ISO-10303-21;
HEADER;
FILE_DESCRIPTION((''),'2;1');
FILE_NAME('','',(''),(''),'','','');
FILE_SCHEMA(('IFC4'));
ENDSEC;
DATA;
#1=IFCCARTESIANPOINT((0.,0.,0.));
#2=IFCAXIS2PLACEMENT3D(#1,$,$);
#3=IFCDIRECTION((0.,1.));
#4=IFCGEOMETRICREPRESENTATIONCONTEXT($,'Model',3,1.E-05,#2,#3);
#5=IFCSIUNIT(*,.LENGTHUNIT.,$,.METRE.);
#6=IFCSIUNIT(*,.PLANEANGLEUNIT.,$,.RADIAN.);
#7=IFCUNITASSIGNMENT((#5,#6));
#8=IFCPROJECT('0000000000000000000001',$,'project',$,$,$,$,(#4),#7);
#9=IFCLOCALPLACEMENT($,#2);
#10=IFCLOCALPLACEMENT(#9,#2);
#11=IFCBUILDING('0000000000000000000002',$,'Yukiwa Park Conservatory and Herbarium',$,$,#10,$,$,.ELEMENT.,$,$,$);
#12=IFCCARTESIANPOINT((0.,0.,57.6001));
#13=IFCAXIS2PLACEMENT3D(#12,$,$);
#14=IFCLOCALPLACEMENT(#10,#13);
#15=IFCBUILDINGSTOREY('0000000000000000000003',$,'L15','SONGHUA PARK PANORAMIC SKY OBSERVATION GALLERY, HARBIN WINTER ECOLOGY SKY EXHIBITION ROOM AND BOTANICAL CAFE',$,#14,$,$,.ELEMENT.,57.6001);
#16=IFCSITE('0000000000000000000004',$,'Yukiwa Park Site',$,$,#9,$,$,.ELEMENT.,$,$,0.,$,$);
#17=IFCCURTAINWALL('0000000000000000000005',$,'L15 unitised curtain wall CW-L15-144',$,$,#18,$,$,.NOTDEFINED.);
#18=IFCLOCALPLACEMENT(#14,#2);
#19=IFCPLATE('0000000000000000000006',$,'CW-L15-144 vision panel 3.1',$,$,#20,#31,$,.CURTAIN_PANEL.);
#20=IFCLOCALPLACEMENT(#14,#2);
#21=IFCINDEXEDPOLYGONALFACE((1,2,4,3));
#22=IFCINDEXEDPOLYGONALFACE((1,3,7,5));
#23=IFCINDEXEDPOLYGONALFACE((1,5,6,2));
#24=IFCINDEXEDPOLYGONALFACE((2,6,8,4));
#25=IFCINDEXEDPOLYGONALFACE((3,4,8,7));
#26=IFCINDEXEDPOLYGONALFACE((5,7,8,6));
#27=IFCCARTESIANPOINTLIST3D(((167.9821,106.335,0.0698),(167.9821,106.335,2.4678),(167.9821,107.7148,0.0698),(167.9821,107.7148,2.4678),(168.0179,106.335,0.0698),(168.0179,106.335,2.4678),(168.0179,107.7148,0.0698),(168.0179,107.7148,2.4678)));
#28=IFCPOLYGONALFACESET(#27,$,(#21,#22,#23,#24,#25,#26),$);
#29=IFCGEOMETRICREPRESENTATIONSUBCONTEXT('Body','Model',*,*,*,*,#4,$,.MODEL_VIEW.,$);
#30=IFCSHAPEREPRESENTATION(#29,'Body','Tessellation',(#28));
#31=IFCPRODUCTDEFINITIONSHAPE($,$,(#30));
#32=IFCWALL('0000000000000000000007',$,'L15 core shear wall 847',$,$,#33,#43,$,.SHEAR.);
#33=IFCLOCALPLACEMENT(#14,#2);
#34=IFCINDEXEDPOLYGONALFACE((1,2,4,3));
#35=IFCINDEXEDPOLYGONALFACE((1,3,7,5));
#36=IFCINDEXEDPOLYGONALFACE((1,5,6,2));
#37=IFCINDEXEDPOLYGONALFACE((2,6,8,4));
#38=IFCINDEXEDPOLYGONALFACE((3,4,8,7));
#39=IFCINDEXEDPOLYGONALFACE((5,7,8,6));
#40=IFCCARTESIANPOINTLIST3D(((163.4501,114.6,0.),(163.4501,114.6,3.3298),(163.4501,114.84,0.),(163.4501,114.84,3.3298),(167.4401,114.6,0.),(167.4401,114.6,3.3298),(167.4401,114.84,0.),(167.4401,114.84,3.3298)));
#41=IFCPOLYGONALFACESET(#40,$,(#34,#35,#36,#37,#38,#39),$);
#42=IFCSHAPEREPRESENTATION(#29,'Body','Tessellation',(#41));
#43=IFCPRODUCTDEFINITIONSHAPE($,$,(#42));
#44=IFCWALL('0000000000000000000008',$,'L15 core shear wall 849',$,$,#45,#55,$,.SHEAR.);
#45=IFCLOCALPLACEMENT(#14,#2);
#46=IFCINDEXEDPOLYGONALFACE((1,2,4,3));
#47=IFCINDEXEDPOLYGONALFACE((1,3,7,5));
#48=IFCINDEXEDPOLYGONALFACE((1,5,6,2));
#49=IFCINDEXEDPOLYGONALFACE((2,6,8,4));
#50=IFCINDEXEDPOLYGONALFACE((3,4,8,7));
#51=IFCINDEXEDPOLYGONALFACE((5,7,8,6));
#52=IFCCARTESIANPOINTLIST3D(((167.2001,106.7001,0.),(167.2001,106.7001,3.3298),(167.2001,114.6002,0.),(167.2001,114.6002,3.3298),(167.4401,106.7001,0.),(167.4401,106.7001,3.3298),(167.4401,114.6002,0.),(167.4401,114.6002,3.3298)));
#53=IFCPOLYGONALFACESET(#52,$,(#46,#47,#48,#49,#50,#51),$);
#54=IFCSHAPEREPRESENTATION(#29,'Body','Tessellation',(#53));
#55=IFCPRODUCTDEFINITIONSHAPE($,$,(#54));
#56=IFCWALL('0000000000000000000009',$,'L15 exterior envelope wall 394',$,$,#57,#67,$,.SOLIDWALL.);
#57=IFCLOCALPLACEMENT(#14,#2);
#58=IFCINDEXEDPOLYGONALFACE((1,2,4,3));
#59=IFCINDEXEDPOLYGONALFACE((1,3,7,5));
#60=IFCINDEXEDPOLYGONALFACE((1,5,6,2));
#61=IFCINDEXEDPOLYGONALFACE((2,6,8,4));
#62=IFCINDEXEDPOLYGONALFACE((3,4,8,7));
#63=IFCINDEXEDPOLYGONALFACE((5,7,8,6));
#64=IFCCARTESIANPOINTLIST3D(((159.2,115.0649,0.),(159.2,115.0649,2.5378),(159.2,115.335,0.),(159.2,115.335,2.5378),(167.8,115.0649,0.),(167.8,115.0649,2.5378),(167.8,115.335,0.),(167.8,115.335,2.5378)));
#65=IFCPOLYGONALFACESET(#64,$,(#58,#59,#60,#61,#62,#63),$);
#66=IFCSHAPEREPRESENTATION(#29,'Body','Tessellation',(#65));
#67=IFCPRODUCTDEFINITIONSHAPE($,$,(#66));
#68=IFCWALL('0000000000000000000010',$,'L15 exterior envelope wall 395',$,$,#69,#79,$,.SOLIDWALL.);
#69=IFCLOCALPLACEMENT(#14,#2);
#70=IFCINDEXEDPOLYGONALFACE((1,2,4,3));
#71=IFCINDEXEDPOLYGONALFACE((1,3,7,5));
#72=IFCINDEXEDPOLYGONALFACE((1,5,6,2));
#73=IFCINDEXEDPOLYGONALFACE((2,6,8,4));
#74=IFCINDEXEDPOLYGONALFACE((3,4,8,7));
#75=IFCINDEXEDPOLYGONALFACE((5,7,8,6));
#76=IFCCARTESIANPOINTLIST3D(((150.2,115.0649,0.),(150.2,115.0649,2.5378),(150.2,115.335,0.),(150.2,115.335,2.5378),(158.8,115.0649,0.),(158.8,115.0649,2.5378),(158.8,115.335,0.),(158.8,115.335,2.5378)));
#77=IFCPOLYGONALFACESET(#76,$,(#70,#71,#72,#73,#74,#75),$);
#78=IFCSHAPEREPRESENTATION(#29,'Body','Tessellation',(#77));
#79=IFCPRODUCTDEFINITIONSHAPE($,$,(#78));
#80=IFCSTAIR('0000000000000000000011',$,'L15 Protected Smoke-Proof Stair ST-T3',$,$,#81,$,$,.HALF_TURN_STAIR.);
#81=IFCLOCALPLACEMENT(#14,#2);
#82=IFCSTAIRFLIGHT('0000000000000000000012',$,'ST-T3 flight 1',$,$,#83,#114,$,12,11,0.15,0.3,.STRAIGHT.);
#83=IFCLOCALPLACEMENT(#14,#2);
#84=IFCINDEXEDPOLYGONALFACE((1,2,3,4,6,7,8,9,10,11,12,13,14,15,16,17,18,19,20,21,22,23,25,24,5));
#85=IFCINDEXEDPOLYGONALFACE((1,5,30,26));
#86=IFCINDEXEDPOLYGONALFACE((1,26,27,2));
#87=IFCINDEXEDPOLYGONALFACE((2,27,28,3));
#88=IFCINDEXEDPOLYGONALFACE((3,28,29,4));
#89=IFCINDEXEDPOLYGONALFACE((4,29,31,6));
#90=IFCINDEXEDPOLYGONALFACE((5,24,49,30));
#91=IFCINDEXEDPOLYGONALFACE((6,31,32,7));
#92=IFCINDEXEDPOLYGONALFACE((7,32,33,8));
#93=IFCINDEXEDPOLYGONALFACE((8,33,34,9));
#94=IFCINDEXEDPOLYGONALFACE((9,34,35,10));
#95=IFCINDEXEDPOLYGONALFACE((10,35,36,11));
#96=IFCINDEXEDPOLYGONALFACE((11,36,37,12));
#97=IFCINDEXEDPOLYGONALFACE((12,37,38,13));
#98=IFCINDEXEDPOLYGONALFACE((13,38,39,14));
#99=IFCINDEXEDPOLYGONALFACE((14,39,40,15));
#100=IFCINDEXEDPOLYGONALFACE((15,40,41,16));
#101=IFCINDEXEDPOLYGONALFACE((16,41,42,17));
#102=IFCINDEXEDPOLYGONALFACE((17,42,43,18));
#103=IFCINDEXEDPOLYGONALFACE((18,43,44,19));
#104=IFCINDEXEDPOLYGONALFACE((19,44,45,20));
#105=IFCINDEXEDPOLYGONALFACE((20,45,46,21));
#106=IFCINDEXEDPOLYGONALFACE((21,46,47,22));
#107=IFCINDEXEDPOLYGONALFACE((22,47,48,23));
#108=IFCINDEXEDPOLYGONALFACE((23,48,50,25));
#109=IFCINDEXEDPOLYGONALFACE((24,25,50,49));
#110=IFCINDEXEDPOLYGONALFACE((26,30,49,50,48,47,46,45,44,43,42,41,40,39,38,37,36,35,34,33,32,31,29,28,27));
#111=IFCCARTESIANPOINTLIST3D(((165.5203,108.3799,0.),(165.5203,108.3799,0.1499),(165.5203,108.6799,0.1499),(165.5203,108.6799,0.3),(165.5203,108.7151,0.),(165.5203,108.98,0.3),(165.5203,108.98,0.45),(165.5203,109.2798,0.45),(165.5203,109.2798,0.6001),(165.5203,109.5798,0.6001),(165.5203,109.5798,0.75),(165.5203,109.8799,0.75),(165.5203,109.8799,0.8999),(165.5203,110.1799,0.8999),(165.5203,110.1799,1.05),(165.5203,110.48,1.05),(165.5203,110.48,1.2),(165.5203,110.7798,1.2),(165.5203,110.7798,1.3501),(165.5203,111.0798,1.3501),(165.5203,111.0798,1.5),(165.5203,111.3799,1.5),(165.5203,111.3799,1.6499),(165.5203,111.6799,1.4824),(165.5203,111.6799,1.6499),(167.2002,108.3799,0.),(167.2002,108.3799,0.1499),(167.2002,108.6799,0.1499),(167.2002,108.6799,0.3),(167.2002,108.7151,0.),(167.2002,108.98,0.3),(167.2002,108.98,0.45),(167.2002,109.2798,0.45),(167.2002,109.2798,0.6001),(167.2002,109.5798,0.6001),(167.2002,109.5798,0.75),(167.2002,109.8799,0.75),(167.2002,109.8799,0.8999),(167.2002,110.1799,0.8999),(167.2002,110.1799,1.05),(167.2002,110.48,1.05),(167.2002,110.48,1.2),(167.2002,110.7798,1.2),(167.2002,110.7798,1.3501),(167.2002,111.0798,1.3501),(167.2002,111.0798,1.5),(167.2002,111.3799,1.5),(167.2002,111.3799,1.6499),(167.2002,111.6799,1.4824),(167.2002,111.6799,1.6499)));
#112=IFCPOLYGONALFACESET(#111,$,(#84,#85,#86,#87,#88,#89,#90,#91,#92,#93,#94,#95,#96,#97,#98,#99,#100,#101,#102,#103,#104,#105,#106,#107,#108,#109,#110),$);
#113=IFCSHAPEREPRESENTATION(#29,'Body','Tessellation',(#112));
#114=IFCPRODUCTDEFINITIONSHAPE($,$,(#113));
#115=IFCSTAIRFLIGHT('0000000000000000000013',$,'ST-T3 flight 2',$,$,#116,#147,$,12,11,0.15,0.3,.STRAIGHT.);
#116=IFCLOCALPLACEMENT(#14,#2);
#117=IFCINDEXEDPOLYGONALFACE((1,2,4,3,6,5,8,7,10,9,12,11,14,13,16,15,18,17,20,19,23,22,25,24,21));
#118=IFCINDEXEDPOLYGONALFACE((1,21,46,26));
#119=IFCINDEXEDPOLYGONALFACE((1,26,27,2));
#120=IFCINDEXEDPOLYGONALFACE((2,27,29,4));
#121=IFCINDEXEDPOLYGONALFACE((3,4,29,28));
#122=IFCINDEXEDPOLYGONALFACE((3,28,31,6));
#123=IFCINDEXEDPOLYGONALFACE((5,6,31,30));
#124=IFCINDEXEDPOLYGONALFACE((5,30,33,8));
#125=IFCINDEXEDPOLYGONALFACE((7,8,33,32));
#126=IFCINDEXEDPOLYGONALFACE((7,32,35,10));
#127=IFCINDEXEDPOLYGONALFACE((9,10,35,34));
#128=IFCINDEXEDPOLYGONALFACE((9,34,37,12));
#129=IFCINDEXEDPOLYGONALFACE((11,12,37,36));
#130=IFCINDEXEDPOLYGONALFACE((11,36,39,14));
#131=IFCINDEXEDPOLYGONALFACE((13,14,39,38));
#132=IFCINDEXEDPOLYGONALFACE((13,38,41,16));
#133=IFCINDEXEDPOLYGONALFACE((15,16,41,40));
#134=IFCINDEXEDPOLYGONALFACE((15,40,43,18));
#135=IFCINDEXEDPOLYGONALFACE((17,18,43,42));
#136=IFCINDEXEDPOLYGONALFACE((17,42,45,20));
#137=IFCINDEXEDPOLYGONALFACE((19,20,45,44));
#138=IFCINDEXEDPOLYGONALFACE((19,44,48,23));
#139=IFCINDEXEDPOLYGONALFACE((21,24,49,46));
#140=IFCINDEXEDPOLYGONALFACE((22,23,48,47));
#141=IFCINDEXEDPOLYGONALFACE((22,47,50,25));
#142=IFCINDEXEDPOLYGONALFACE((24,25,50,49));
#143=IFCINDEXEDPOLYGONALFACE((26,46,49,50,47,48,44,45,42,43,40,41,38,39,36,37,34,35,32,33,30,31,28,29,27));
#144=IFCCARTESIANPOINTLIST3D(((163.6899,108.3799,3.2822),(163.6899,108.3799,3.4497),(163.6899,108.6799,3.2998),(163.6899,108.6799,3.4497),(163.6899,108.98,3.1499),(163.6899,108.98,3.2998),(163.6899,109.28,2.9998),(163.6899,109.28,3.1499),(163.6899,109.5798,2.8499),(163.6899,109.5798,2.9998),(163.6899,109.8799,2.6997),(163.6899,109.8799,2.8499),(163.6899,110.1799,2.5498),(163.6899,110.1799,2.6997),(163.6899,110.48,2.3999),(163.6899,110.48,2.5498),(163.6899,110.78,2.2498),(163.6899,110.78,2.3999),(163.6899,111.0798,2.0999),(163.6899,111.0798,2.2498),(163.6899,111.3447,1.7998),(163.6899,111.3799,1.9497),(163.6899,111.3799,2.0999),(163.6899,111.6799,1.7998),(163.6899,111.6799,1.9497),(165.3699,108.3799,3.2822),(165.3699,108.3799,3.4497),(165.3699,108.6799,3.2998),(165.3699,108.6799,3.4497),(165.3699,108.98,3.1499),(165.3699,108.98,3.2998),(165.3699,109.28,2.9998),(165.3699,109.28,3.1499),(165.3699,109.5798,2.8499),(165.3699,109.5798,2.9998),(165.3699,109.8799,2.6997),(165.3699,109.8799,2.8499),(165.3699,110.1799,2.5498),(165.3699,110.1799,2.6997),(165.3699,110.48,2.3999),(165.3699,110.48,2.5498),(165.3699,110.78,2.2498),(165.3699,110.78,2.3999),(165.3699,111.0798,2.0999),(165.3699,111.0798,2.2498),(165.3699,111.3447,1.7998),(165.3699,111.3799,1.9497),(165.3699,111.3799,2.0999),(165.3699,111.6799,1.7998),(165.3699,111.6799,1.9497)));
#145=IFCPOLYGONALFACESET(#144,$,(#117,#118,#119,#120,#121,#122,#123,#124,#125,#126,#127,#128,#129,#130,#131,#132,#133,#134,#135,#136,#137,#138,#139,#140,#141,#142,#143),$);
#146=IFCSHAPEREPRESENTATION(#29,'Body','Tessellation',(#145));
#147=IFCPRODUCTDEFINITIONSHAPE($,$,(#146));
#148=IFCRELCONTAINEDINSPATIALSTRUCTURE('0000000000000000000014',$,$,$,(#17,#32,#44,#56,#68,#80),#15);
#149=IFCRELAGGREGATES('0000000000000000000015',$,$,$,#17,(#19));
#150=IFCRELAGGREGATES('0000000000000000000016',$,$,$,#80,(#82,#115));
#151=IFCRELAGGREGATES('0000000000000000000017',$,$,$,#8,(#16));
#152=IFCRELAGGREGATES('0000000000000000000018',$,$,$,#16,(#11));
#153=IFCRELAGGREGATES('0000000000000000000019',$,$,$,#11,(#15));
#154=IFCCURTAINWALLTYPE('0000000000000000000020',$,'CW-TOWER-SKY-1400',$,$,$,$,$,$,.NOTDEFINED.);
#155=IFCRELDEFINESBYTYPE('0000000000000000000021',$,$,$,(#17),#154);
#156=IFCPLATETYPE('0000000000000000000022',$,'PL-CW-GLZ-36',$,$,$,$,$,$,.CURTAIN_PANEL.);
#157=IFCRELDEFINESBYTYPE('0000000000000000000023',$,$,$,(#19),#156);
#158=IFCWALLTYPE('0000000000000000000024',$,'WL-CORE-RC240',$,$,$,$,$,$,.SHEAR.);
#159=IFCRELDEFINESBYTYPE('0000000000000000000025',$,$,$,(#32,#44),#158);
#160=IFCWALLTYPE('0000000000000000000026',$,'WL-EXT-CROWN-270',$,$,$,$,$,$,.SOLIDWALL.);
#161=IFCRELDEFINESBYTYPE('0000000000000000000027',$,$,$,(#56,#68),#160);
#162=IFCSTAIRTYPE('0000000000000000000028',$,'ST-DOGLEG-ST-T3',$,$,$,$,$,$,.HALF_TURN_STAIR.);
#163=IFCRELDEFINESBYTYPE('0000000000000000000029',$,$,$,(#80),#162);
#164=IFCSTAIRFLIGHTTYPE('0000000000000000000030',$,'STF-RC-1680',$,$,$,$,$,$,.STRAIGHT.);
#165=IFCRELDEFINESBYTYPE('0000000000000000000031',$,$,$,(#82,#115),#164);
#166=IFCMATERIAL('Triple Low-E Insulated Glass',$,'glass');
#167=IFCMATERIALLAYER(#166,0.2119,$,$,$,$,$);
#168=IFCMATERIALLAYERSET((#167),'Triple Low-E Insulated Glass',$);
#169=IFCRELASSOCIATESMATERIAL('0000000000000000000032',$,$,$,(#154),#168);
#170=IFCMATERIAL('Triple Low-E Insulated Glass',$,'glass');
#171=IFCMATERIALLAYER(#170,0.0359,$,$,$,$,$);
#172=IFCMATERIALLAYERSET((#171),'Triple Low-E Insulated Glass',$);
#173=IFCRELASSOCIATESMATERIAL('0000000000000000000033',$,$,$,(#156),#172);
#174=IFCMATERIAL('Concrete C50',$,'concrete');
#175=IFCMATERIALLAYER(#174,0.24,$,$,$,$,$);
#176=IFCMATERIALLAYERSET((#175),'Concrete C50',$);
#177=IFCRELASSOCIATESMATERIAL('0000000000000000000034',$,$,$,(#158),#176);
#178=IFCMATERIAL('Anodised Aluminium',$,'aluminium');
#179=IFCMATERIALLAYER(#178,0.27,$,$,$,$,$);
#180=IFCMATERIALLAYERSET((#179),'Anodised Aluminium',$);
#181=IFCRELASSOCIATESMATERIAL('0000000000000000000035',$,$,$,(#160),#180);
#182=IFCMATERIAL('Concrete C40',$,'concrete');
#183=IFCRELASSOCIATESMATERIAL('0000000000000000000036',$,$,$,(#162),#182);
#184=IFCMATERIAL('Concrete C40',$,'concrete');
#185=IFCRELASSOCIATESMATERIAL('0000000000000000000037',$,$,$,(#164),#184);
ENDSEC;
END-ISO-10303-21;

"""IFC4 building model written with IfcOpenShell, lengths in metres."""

from ifc_helpers import new_model, si_unit, direction, frame, frame_2d, origin, origin_2d, place, context, subcontext, project, spatial, polyline, rectangle, outline, extrude, material, layer, layer_set, type_object, element, aggregate, save


model = new_model("IFC4")

# Units and contexts
model_context = context("Model", 3, precision=1e-05, world=origin(), true_north=direction((0.0, 1.0)))
body_context = subcontext(model_context, "Body", "Model", "MODEL_VIEW")
ifc_project = project(units=[si_unit("LENGTHUNIT", "METRE"), si_unit("PLANEANGLEUNIT", "RADIAN")], contexts=[model_context])

# Site, building, storey
site_placement = place(None, origin())
site = spatial("IfcSite", under=ifc_project, at=site_placement, Name="Yukiwa Park Site", CompositionType="ELEMENT", RefElevation=0.0)
building_placement = place(site_placement, origin())
building = spatial("IfcBuilding", under=site, at=building_placement, Name="Yukiwa Park Conservatory and Herbarium", CompositionType="ELEMENT")
storey_placement = place(building_placement, frame((0.0, 0.0, 57.6001)))
storey = spatial("IfcBuildingStorey", under=building, at=storey_placement, Name="L15", Description="SONGHUA PARK PANORAMIC SKY OBSERVATION GALLERY, HARBIN WINTER ECOLOGY SKY EXHIBITION ROOM AND BOTANICAL CAFE", CompositionType="ELEMENT", Elevation=57.6001)

# Curtain wall, plate
ifc_material_1 = material(Name="Triple Low-E Insulated Glass", Category="glass")
ifc_layer_1 = layer(ifc_material_1, 0.2119)
ifc_layer_set_1 = layer_set([ifc_layer_1], Name="Triple Low-E Insulated Glass")
curtain_wall_type = type_object("IfcCurtainWallType", Name="CW-TOWER-SKY-1400", PredefinedType="NOTDEFINED", material=ifc_layer_set_1)
curtain_wall_placement = place(storey_placement, origin())
curtain_wall = element("IfcCurtainWall", 1, at=curtain_wall_placement, inside=storey, type_object=curtain_wall_type, Name="L15 unitised curtain wall CW-L15-144", PredefinedType="NOTDEFINED")
ifc_material_2 = material(Name="Triple Low-E Insulated Glass", Category="glass")
ifc_layer_2 = layer(ifc_material_2, 0.0359)
ifc_layer_set_2 = layer_set([ifc_layer_2], Name="Triple Low-E Insulated Glass")
plate_type = type_object("IfcPlateType", Name="PL-CW-GLZ-36", PredefinedType="CURTAIN_PANEL", material=ifc_layer_set_2)
plate_placement = place(storey_placement, frame((168.0, 107.0249, 0.0698), z_axis=(0.0, 0.0, 1.0), x_axis=(0.0, 1.0, 0.0)))
plate = element("IfcPlate", 2, at=plate_placement, type_object=plate_type, Name="CW-L15-144 vision panel 3.1", PredefinedType="CURTAIN_PANEL", context=body_context, shape_type="SweptSolid", body=[
    extrude(rectangle(XDim=1.3799, YDim=0.0359, at=origin_2d()), origin(), (0.0, 0.0, 1.0), 2.3979),
])
aggregate(curtain_wall, [plate])

# Walls
ifc_material_3 = material(Name="Concrete C50", Category="concrete")
ifc_layer_3 = layer(ifc_material_3, 0.24)
ifc_layer_set_3 = layer_set([ifc_layer_3], Name="Concrete C50")
wall_type_1 = type_object("IfcWallType", Name="WL-CORE-RC240", PredefinedType="SHEAR", material=ifc_layer_set_3)
wall_1_placement = place(storey_placement, frame((163.45, 114.72, 0.0), z_axis=(0.0, 0.0, 1.0), x_axis=(1.0, 0.0, 0.0)))
element("IfcWall", 3, at=wall_1_placement, inside=storey, type_object=wall_type_1, Name="L15 core shear wall 847", PredefinedType="SHEAR", context=body_context, shape_type="SweptSolid", body=[
    extrude(rectangle(XDim=3.99, YDim=0.24, at=frame_2d((1.9951, 0.0))), origin(), (0.0, 0.0, 1.0), 3.3298),
])
wall_2_placement = place(storey_placement, frame((167.3201, 106.7, 0.0), z_axis=(0.0, 0.0, 1.0), x_axis=(0.0, 1.0, 0.0)))
element("IfcWall", 4, at=wall_2_placement, inside=storey, type_object=wall_type_1, Name="L15 core shear wall 849", PredefinedType="SHEAR", context=body_context, shape_type="SweptSolid", body=[
    extrude(rectangle(XDim=7.9001, YDim=0.24, at=frame_2d((3.9502, 0.0))), origin(), (0.0, 0.0, 1.0), 3.3298),
])
ifc_material_4 = material(Name="Anodised Aluminium", Category="aluminium")
ifc_layer_4 = layer(ifc_material_4, 0.27)
ifc_layer_set_4 = layer_set([ifc_layer_4], Name="Anodised Aluminium")
wall_type_2 = type_object("IfcWallType", Name="WL-EXT-CROWN-270", PredefinedType="SOLIDWALL", material=ifc_layer_set_4)
for number, where, z_axis, x_axis, name in (
    (5, (167.8, 115.2, 0.0), (0.0, 0.0, 1.0), (-1.0, 0.0, 0.0), "L15 exterior envelope wall 394"),
    (6, (158.8, 115.2, 0.0), (0.0, 0.0, 1.0), (-1.0, 0.0, 0.0), "L15 exterior envelope wall 395"),
):
    element("IfcWall", number, at=place(storey_placement, frame(where, z_axis=z_axis, x_axis=x_axis)), inside=storey, type_object=wall_type_2, Name=name, PredefinedType="SOLIDWALL", context=body_context, shape_type="SweptSolid", body=[
        extrude(rectangle(XDim=8.6001, YDim=0.27, at=frame_2d((4.3, 0.0))), origin(), (0.0, 0.0, 1.0), 2.5378),
    ])

# Stair, stair flights
ifc_material_5 = material(Name="Concrete C40", Category="concrete")
stair_type = type_object("IfcStairType", Name="ST-DOGLEG-ST-T3", PredefinedType="HALF_TURN_STAIR", material=ifc_material_5)
stair_placement = place(storey_placement, origin())
stair = element("IfcStair", 7, at=stair_placement, inside=storey, type_object=stair_type, Name="L15 Protected Smoke-Proof Stair ST-T3", PredefinedType="HALF_TURN_STAIR")
ifc_material_6 = material(Name="Concrete C40", Category="concrete")
stair_flight_type = type_object("IfcStairFlightType", Name="STF-RC-1680", PredefinedType="STRAIGHT", material=ifc_material_6)
stair_flight_1_placement = place(storey_placement, frame((166.3601, 108.3799, 0.0), z_axis=(0.0, 0.0, 1.0), x_axis=(0.0, 1.0, 0.0)))
stair_flight_1 = element("IfcStairFlight", 8, at=stair_flight_1_placement, type_object=stair_flight_type, Name="ST-T3 flight 1", NumberOfRisers=12, NumberOfTreads=11, PredefinedType="STRAIGHT", RiserHeight=0.15, TreadLength=0.3, context=body_context, shape_type="SweptSolid", body=[
    extrude(outline(polyline([(0.0, 0.0), (0.0, 0.1499), (0.3, 0.1499), (0.3, 0.3), (0.6001, 0.3), (0.6001, 0.45), (0.8999, 0.45), (0.8999, 0.6001), (1.2, 0.6001), (1.2, 0.75), (1.5, 0.75), (1.5, 0.8999), (1.8, 0.8999), (1.8, 1.05), (2.1001, 1.05), (2.1001, 1.2), (2.3999, 1.2), (2.3999, 1.3501), (2.7, 1.3501), (2.7, 1.5), (3.0, 1.5), (3.0, 1.6499), (3.3, 1.6499), (3.3, 1.8), (3.3, 1.4824), (0.3352, 0.0), (0.0, 0.0)])), frame((0.0, 0.8398, 0.0), z_axis=(0.0, -1.0, 0.0), x_axis=(1.0, 0.0, 0.0)), (0.0, 0.0, 1.0), 1.6799),
])
stair_flight_2_placement = place(storey_placement, frame((164.53, 111.6799, 1.7998), z_axis=(0.0, 0.0, 1.0), x_axis=(0.0, -1.0, 0.0)))
stair_flight_2 = element("IfcStairFlight", 9, at=stair_flight_2_placement, type_object=stair_flight_type, Name="ST-T3 flight 2", NumberOfRisers=12, NumberOfTreads=11, PredefinedType="STRAIGHT", RiserHeight=0.15, TreadLength=0.3, context=body_context, shape_type="SweptSolid", body=[
    extrude(outline(polyline([(0.0, 0.0), (0.0, 0.1499), (0.3, 0.1499), (0.3, 0.3), (0.6001, 0.3), (0.6001, 0.45), (0.8999, 0.45), (0.8999, 0.6001), (1.2, 0.6001), (1.2, 0.75), (1.5, 0.75), (1.5, 0.8999), (1.8, 0.8999), (1.8, 1.05), (2.1001, 1.05), (2.1001, 1.2), (2.3999, 1.2), (2.3999, 1.3501), (2.7, 1.3501), (2.7, 1.5), (3.0, 1.5), (3.0, 1.6499), (3.3, 1.6499), (3.3, 1.8), (3.3, 1.4824), (0.3352, 0.0), (0.0, 0.0)])), frame((0.0, 0.8398, 0.0), z_axis=(0.0, -1.0, 0.0), x_axis=(1.0, 0.0, 0.0)), (0.0, 0.0, 1.0), 1.6799),
])
aggregate(stair, [stair_flight_1, stair_flight_2])

save(model, "model.ifc")
